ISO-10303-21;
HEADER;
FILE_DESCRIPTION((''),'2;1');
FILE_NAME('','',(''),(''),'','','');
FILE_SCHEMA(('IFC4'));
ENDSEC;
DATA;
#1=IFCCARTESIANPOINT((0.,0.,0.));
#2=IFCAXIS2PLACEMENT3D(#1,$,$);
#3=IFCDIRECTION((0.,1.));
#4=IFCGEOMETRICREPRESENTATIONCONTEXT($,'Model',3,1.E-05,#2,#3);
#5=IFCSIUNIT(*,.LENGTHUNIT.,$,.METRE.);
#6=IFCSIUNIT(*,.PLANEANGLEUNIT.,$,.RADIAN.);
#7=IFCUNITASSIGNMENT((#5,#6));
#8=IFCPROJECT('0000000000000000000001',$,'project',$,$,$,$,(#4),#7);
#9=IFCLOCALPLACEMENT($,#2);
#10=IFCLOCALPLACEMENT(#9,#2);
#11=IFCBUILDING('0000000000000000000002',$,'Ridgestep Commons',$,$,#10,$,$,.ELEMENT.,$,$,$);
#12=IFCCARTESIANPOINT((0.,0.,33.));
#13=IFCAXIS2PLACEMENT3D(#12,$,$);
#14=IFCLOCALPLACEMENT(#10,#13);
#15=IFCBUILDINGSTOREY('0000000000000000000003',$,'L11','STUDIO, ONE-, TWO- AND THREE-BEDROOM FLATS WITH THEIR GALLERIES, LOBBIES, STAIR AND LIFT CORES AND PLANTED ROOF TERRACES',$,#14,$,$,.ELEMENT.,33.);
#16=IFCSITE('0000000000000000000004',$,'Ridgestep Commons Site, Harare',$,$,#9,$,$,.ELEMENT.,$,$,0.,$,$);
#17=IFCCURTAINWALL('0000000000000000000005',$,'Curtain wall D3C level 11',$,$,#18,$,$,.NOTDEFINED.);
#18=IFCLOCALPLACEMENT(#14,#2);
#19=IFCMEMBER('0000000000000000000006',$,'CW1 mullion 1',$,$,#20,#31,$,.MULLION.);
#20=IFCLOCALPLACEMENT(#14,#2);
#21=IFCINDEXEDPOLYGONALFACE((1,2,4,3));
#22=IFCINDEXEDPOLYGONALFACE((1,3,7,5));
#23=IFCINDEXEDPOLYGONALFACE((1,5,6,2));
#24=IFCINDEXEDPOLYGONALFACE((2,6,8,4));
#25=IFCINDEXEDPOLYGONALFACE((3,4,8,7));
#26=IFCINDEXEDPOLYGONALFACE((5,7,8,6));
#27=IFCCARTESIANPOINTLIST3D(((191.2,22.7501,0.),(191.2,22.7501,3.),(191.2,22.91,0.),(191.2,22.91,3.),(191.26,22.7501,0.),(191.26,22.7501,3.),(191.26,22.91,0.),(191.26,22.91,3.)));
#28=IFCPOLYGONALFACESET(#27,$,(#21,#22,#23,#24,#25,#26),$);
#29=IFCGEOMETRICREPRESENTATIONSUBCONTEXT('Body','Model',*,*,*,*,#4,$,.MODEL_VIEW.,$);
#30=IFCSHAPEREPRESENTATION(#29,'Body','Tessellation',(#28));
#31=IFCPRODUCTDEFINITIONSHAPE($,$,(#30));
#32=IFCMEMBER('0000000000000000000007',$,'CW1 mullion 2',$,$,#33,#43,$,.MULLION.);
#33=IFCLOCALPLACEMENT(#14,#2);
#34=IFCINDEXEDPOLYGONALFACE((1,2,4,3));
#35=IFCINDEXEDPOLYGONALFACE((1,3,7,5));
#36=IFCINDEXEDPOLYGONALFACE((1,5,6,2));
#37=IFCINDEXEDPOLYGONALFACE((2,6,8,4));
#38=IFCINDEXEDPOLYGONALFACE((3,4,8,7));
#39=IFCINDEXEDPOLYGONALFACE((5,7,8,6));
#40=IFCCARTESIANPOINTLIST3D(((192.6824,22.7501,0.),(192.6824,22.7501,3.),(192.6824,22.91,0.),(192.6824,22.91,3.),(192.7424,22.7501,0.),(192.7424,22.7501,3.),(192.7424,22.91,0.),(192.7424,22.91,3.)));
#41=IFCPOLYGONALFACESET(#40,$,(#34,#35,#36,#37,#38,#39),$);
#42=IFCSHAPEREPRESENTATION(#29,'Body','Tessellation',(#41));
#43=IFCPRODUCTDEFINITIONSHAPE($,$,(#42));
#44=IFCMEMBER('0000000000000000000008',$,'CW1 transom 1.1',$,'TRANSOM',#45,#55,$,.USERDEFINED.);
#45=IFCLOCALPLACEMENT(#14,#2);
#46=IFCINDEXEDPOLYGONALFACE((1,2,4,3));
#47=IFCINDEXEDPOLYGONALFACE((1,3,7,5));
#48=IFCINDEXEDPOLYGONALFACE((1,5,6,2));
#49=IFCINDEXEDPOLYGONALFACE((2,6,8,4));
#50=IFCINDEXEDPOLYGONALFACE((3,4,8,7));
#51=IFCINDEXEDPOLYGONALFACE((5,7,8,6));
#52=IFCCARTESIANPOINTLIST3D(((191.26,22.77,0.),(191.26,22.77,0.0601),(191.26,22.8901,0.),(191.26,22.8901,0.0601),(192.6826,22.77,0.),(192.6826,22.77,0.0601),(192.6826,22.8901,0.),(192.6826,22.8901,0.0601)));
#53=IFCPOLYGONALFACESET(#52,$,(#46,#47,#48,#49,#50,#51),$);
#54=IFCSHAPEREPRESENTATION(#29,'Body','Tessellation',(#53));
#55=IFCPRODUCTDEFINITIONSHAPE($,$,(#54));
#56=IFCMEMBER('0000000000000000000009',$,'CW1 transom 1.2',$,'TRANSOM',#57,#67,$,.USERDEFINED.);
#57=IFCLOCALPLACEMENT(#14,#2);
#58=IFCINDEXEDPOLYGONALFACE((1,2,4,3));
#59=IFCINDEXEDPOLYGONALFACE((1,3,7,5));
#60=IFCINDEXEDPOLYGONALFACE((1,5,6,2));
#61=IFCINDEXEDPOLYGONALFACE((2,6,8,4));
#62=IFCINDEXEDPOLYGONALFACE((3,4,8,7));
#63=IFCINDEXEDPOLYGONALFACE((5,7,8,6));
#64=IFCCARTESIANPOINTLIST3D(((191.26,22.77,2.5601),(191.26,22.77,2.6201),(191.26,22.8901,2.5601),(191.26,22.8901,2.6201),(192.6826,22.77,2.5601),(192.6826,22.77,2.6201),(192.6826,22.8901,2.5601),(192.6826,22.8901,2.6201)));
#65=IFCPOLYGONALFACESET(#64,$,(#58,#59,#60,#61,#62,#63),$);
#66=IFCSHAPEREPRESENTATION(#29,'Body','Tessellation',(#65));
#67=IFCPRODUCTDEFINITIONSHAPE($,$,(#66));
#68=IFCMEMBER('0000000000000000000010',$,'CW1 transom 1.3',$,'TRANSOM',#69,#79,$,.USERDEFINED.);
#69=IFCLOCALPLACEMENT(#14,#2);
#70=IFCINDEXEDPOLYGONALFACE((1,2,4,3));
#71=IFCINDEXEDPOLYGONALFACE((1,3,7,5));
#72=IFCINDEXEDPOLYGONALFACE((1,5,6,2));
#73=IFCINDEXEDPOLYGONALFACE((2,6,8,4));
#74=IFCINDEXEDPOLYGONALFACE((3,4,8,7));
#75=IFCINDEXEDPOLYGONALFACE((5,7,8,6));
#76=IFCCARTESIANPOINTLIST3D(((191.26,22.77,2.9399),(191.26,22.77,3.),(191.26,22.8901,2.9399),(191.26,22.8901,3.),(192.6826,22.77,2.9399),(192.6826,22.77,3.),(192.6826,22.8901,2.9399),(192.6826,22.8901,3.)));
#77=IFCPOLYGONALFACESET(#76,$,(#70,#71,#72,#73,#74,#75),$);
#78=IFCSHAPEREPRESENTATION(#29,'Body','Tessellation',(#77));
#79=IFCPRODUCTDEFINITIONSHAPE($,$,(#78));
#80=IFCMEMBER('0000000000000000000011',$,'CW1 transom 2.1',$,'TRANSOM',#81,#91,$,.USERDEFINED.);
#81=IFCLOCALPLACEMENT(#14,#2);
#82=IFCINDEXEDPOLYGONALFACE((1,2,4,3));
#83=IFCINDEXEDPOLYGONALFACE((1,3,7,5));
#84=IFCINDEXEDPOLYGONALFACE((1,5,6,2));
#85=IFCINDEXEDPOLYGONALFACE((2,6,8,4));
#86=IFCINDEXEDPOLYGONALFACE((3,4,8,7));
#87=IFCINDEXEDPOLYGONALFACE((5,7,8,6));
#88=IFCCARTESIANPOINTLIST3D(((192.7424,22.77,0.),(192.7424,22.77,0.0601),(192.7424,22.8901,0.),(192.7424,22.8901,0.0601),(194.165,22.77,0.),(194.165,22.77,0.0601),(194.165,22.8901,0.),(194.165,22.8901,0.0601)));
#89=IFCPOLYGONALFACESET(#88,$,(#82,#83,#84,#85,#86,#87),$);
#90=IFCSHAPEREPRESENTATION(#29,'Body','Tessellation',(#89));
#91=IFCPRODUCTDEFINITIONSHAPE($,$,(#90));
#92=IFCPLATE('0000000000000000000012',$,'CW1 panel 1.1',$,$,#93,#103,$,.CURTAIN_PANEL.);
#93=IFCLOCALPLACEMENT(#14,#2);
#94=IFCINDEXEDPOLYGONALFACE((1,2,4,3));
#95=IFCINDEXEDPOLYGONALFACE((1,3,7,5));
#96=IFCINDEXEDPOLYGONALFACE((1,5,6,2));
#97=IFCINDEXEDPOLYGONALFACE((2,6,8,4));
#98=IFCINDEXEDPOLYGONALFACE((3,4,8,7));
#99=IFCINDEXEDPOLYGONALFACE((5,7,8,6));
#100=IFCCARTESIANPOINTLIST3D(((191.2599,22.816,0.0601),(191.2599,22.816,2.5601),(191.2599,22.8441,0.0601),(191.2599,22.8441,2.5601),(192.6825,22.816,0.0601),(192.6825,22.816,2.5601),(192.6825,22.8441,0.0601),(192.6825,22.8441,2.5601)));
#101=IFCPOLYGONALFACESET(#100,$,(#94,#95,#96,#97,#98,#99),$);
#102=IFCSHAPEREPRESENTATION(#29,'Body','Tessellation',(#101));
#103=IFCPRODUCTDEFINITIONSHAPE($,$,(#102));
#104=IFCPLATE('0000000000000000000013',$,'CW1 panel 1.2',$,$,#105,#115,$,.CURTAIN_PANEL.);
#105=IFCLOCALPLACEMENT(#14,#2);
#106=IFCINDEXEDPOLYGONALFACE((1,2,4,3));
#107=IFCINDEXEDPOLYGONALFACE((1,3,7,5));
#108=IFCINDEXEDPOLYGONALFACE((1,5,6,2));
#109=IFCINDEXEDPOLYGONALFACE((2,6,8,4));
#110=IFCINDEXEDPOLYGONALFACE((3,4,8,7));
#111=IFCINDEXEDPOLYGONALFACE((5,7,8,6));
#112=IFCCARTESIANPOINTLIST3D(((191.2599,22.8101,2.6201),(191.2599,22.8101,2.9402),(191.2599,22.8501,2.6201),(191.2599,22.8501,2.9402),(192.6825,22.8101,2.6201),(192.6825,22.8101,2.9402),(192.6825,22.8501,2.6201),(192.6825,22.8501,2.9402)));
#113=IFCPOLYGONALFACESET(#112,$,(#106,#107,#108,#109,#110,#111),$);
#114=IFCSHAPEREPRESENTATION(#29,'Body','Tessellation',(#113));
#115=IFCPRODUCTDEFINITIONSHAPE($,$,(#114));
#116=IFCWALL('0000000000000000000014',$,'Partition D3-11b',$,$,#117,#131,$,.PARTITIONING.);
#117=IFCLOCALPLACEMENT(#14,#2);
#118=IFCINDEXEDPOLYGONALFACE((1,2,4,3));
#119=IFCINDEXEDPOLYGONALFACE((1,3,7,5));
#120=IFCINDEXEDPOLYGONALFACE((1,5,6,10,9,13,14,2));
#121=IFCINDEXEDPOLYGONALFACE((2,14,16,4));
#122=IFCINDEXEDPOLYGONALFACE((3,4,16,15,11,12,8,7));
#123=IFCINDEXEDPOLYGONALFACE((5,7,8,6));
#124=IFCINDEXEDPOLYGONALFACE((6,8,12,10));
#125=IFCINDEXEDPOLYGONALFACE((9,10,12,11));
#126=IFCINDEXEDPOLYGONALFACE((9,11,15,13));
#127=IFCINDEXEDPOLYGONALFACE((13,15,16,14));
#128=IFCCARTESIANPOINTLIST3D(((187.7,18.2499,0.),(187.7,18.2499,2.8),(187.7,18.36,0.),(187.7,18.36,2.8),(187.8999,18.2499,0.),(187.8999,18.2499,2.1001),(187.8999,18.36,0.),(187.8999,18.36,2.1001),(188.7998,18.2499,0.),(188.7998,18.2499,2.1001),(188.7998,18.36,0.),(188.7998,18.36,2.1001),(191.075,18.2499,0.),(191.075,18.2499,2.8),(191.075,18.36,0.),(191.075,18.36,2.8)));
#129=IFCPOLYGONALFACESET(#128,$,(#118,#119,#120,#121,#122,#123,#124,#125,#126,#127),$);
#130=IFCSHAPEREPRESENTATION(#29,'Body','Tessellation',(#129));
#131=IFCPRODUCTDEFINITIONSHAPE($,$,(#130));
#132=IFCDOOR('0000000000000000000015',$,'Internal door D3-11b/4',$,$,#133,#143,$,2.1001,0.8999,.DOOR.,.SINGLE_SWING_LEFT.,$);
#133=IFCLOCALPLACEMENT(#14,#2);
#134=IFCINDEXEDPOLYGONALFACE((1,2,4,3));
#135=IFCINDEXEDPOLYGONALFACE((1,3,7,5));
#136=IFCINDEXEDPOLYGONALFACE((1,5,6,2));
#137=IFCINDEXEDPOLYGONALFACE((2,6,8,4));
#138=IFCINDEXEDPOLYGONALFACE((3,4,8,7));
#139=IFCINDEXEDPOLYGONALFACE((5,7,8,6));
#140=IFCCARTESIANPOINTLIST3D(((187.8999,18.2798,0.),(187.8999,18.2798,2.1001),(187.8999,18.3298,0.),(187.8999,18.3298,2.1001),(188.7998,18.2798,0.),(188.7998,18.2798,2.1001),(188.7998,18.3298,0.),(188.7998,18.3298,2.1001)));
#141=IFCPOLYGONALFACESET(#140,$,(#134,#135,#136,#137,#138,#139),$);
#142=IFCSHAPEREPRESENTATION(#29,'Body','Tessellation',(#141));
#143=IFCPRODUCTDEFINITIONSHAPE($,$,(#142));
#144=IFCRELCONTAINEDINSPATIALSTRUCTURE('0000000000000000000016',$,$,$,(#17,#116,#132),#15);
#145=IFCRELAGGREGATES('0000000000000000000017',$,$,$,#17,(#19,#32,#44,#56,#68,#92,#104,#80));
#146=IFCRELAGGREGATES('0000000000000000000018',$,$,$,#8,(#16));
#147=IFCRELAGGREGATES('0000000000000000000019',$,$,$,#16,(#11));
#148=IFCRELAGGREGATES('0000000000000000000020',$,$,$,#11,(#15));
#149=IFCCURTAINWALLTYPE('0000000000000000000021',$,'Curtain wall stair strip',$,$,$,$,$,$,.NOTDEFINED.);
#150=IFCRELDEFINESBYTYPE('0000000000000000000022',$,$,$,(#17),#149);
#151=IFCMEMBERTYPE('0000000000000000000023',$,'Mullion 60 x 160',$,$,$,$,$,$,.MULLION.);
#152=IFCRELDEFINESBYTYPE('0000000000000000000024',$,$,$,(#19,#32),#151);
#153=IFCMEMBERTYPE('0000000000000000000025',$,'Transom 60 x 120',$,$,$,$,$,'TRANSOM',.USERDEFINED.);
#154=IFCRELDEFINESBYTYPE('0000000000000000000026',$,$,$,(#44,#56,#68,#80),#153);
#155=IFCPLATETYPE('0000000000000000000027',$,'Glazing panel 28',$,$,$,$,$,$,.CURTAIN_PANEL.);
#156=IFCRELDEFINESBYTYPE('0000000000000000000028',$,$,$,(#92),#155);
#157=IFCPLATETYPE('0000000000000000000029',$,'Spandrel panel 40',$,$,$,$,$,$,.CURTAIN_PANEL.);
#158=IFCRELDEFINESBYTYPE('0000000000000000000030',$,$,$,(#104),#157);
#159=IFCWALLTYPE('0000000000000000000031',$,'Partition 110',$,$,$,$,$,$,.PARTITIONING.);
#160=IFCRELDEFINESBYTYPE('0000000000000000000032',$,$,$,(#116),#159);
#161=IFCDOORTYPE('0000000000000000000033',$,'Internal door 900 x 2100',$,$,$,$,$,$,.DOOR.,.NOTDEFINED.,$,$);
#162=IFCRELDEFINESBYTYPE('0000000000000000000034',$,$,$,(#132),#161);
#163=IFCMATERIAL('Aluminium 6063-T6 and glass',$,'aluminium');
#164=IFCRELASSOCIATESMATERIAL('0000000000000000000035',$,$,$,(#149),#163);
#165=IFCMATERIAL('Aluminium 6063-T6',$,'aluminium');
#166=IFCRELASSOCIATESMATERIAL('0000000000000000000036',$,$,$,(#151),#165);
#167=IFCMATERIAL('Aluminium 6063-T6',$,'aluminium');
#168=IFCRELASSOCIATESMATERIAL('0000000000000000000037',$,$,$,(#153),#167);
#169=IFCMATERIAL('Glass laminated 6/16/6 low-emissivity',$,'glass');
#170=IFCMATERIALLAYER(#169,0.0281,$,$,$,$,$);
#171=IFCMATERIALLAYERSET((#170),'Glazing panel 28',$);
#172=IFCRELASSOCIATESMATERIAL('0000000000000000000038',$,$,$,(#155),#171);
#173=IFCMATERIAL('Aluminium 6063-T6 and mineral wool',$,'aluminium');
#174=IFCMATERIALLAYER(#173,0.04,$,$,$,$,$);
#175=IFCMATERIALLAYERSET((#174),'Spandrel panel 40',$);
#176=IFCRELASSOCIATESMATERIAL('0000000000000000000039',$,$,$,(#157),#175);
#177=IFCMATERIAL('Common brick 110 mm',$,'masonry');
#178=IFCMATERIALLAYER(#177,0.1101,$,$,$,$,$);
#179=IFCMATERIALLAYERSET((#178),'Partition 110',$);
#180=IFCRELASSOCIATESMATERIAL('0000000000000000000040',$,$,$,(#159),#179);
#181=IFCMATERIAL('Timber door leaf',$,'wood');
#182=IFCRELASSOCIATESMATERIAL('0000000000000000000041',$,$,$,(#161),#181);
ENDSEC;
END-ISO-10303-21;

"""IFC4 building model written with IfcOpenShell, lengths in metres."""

from ifc_helpers import new_model, si_unit, direction, frame, frame_2d, origin, origin_2d, place, context, subcontext, project, spatial, rectangle, extrude, material, layer, layer_set, material_profile, profile_set, type_object, element, fill, aggregate, save


model = new_model("IFC4")

# Units and contexts
model_context = context("Model", 3, precision=1e-05, world=origin(), true_north=direction((0.0, 1.0)))
body_context = subcontext(model_context, "Body", "Model", "MODEL_VIEW")
ifc_project = project(units=[si_unit("LENGTHUNIT", "METRE"), si_unit("PLANEANGLEUNIT", "RADIAN")], contexts=[model_context])

# Site, building, storey
site_placement = place(None, origin())
site = spatial("IfcSite", under=ifc_project, at=site_placement, Name="Ridgestep Commons Site, Harare", CompositionType="ELEMENT", RefElevation=0.0)
building_placement = place(site_placement, origin())
building = spatial("IfcBuilding", under=site, at=building_placement, Name="Ridgestep Commons", CompositionType="ELEMENT")
storey_placement = place(building_placement, frame((0.0, 0.0, 33.0)))
storey = spatial("IfcBuildingStorey", under=building, at=storey_placement, Name="L11", Description="STUDIO, ONE-, TWO- AND THREE-BEDROOM FLATS WITH THEIR GALLERIES, LOBBIES, STAIR AND LIFT CORES AND PLANTED ROOF TERRACES", CompositionType="ELEMENT", Elevation=33.0)

# Curtain wall, members, plates
ifc_material_1 = material(Name="Aluminium 6063-T6 and glass", Category="aluminium")
curtain_wall_type = type_object("IfcCurtainWallType", Name="Curtain wall stair strip", PredefinedType="NOTDEFINED", material=ifc_material_1)
curtain_wall_placement = place(storey_placement, origin())
curtain_wall = element("IfcCurtainWall", 1, at=curtain_wall_placement, inside=storey, type_object=curtain_wall_type, Name="Curtain wall D3C level 11", PredefinedType="NOTDEFINED")
ifc_material_2 = material(Name="Aluminium 6063-T6", Category="aluminium")
ifc_material_profile_1 = material_profile(ifc_material_2, rectangle(XDim=0.1599, YDim=0.0601, at=origin_2d()), Name="Mullion 60 x 160")
ifc_profile_set_1 = profile_set([ifc_material_profile_1], Name="Aluminium 6063-T6")
member_type_1 = type_object("IfcMemberType", Name="Mullion 60 x 160", PredefinedType="MULLION", material=ifc_profile_set_1)
member_1_placement = place(storey_placement, frame((191.23, 22.8301, 0.0), z_axis=(0.0, 0.0, 1.0), x_axis=(0.0, 1.0, 0.0)))
member_1 = element("IfcMember", 2, at=member_1_placement, type_object=member_type_1, Name="CW1 mullion 1", PredefinedType="MULLION", context=body_context, shape_type="SweptSolid", body=[
    extrude(rectangle(XDim=0.1599, YDim=0.0601, at=origin_2d()), origin(), (0.0, 0.0, 1.0), 3.0),
])
member_2_placement = place(storey_placement, frame((192.7124, 22.8301, 0.0), z_axis=(0.0, 0.0, 1.0), x_axis=(0.0, 1.0, 0.0)))
member_2 = element("IfcMember", 3, at=member_2_placement, type_object=member_type_1, Name="CW1 mullion 2", PredefinedType="MULLION", context=body_context, shape_type="SweptSolid", body=[
    extrude(rectangle(XDim=0.1599, YDim=0.0601, at=origin_2d()), origin(), (0.0, 0.0, 1.0), 3.0),
])
ifc_material_3 = material(Name="Aluminium 6063-T6", Category="aluminium")
ifc_material_profile_2 = material_profile(ifc_material_3, rectangle(XDim=0.1201, YDim=0.0601, at=origin_2d()), Name="Transom 60 x 120")
ifc_profile_set_2 = profile_set([ifc_material_profile_2], Name="Aluminium 6063-T6")
member_type_2 = type_object("IfcMemberType", Name="Transom 60 x 120", ElementType="TRANSOM", PredefinedType="USERDEFINED", material=ifc_profile_set_2)
member_3_placement = place(storey_placement, frame((191.26, 22.8301, 0.03), z_axis=(1.0, 0.0, 0.0), x_axis=(0.0, 1.0, 0.0)))
member_3 = element("IfcMember", 4, at=member_3_placement, type_object=member_type_2, Name="CW1 transom 1.1", ObjectType="TRANSOM", PredefinedType="USERDEFINED", context=body_context, shape_type="SweptSolid", body=[
    extrude(rectangle(XDim=0.1201, YDim=0.0601, at=origin_2d()), origin(), (0.0, 0.0, 1.0), 1.4226),
])
member_4_placement = place(storey_placement, frame((191.26, 22.8301, 2.5901), z_axis=(1.0, 0.0, 0.0), x_axis=(0.0, 1.0, 0.0)))
member_4 = element("IfcMember", 5, at=member_4_placement, type_object=member_type_2, Name="CW1 transom 1.2", ObjectType="TRANSOM", PredefinedType="USERDEFINED", context=body_context, shape_type="SweptSolid", body=[
    extrude(rectangle(XDim=0.1201, YDim=0.0601, at=origin_2d()), origin(), (0.0, 0.0, 1.0), 1.4226),
])
member_5_placement = place(storey_placement, frame((191.26, 22.8301, 2.97), z_axis=(1.0, 0.0, 0.0), x_axis=(0.0, 1.0, 0.0)))
member_5 = element("IfcMember", 6, at=member_5_placement, type_object=member_type_2, Name="CW1 transom 1.3", ObjectType="TRANSOM", PredefinedType="USERDEFINED", context=body_context, shape_type="SweptSolid", body=[
    extrude(rectangle(XDim=0.1201, YDim=0.0601, at=origin_2d()), origin(), (0.0, 0.0, 1.0), 1.4226),
])
member_6_placement = place(storey_placement, frame((192.7424, 22.8301, 0.03), z_axis=(1.0, 0.0, 0.0), x_axis=(0.0, 1.0, 0.0)))
member_6 = element("IfcMember", 7, at=member_6_placement, type_object=member_type_2, Name="CW1 transom 2.1", ObjectType="TRANSOM", PredefinedType="USERDEFINED", context=body_context, shape_type="SweptSolid", body=[
    extrude(rectangle(XDim=0.1201, YDim=0.0601, at=origin_2d()), origin(), (0.0, 0.0, 1.0), 1.4226),
])
ifc_material_4 = material(Name="Glass laminated 6/16/6 low-emissivity", Category="glass")
ifc_layer_1 = layer(ifc_material_4, 0.0281)
ifc_layer_set_1 = layer_set([ifc_layer_1], Name="Glazing panel 28")
plate_type_1 = type_object("IfcPlateType", Name="Glazing panel 28", PredefinedType="CURTAIN_PANEL", material=ifc_layer_set_1)
plate_1_placement = place(storey_placement, frame((191.9712, 22.8301, 0.0601), z_axis=(0.0, 0.0, 1.0), x_axis=(1.0, 0.0, 0.0)))
plate_1 = element("IfcPlate", 8, at=plate_1_placement, type_object=plate_type_1, Name="CW1 panel 1.1", PredefinedType="CURTAIN_PANEL", context=body_context, shape_type="SweptSolid", body=[
    extrude(rectangle(XDim=1.4226, YDim=0.0281, at=origin_2d()), origin(), (0.0, 0.0, 1.0), 2.5),
])
ifc_material_5 = material(Name="Aluminium 6063-T6 and mineral wool", Category="aluminium")
ifc_layer_2 = layer(ifc_material_5, 0.04)
ifc_layer_set_2 = layer_set([ifc_layer_2], Name="Spandrel panel 40")
plate_type_2 = type_object("IfcPlateType", Name="Spandrel panel 40", PredefinedType="CURTAIN_PANEL", material=ifc_layer_set_2)
plate_2_placement = place(storey_placement, frame((191.9712, 22.8301, 2.6201), z_axis=(0.0, 0.0, 1.0), x_axis=(1.0, 0.0, 0.0)))
plate_2 = element("IfcPlate", 9, at=plate_2_placement, type_object=plate_type_2, Name="CW1 panel 1.2", PredefinedType="CURTAIN_PANEL", context=body_context, shape_type="SweptSolid", body=[
    extrude(rectangle(XDim=1.4226, YDim=0.04, at=origin_2d()), origin(), (0.0, 0.0, 1.0), 0.3201),
])
aggregate(curtain_wall, [member_1, member_2, member_3, member_4, member_5, plate_1, plate_2, member_6])

# Wall, opening, door
ifc_material_6 = material(Name="Common brick 110 mm", Category="masonry")
ifc_layer_3 = layer(ifc_material_6, 0.1101)
ifc_layer_set_3 = layer_set([ifc_layer_3], Name="Partition 110")
wall_type = type_object("IfcWallType", Name="Partition 110", PredefinedType="PARTITIONING", material=ifc_layer_set_3)
wall_placement = place(storey_placement, frame((187.7, 18.3049, 0.0), z_axis=(0.0, 0.0, 1.0), x_axis=(1.0, 0.0, 0.0)))
wall = element("IfcWall", 10, at=wall_placement, inside=storey, type_object=wall_type, Name="Partition D3-11b", PredefinedType="PARTITIONING", context=body_context, shape_type="SweptSolid", body=[
    extrude(rectangle(XDim=3.375, YDim=0.1101, at=frame_2d((1.6875, 0.0))), origin(), (0.0, 0.0, 1.0), 2.8),
])
opening_placement = place(wall_placement, frame((0.2, 0.0, 0.0)))
opening = element("IfcOpeningElement", 11, at=opening_placement, cuts=wall, PredefinedType="OPENING", context=body_context, shape_type="SweptSolid", body=[
    extrude(rectangle(XDim=0.8999, YDim=2.1001, at=frame_2d((0.45, 1.05))), frame((0.0, 0.0649, 0.0), z_axis=(0.0, -1.0, 0.0), x_axis=(1.0, 0.0, 0.0)), (0.0, 0.0, 1.0), 0.1301),
])
ifc_material_7 = material(Name="Timber door leaf", Category="wood")
door_type = type_object("IfcDoorType", Name="Internal door 900 x 2100", OperationType="NOTDEFINED", PredefinedType="DOOR", material=ifc_material_7)
door_placement = place(opening_placement, origin())
door = element("IfcDoor", 12, at=door_placement, inside=storey, type_object=door_type, Name="Internal door D3-11b/4", OperationType="SINGLE_SWING_LEFT", OverallHeight=2.1001, OverallWidth=0.8999, PredefinedType="DOOR", context=body_context, shape_type="SweptSolid", body=[
    extrude(rectangle(XDim=0.8999, YDim=2.1001, at=frame_2d((0.45, 1.05))), frame((0.0, 0.0249, 0.0), z_axis=(0.0, -1.0, 0.0), x_axis=(1.0, 0.0, 0.0)), (0.0, 0.0, 1.0), 0.05),
])
fill(opening, door)

save(model, "model.ifc")
